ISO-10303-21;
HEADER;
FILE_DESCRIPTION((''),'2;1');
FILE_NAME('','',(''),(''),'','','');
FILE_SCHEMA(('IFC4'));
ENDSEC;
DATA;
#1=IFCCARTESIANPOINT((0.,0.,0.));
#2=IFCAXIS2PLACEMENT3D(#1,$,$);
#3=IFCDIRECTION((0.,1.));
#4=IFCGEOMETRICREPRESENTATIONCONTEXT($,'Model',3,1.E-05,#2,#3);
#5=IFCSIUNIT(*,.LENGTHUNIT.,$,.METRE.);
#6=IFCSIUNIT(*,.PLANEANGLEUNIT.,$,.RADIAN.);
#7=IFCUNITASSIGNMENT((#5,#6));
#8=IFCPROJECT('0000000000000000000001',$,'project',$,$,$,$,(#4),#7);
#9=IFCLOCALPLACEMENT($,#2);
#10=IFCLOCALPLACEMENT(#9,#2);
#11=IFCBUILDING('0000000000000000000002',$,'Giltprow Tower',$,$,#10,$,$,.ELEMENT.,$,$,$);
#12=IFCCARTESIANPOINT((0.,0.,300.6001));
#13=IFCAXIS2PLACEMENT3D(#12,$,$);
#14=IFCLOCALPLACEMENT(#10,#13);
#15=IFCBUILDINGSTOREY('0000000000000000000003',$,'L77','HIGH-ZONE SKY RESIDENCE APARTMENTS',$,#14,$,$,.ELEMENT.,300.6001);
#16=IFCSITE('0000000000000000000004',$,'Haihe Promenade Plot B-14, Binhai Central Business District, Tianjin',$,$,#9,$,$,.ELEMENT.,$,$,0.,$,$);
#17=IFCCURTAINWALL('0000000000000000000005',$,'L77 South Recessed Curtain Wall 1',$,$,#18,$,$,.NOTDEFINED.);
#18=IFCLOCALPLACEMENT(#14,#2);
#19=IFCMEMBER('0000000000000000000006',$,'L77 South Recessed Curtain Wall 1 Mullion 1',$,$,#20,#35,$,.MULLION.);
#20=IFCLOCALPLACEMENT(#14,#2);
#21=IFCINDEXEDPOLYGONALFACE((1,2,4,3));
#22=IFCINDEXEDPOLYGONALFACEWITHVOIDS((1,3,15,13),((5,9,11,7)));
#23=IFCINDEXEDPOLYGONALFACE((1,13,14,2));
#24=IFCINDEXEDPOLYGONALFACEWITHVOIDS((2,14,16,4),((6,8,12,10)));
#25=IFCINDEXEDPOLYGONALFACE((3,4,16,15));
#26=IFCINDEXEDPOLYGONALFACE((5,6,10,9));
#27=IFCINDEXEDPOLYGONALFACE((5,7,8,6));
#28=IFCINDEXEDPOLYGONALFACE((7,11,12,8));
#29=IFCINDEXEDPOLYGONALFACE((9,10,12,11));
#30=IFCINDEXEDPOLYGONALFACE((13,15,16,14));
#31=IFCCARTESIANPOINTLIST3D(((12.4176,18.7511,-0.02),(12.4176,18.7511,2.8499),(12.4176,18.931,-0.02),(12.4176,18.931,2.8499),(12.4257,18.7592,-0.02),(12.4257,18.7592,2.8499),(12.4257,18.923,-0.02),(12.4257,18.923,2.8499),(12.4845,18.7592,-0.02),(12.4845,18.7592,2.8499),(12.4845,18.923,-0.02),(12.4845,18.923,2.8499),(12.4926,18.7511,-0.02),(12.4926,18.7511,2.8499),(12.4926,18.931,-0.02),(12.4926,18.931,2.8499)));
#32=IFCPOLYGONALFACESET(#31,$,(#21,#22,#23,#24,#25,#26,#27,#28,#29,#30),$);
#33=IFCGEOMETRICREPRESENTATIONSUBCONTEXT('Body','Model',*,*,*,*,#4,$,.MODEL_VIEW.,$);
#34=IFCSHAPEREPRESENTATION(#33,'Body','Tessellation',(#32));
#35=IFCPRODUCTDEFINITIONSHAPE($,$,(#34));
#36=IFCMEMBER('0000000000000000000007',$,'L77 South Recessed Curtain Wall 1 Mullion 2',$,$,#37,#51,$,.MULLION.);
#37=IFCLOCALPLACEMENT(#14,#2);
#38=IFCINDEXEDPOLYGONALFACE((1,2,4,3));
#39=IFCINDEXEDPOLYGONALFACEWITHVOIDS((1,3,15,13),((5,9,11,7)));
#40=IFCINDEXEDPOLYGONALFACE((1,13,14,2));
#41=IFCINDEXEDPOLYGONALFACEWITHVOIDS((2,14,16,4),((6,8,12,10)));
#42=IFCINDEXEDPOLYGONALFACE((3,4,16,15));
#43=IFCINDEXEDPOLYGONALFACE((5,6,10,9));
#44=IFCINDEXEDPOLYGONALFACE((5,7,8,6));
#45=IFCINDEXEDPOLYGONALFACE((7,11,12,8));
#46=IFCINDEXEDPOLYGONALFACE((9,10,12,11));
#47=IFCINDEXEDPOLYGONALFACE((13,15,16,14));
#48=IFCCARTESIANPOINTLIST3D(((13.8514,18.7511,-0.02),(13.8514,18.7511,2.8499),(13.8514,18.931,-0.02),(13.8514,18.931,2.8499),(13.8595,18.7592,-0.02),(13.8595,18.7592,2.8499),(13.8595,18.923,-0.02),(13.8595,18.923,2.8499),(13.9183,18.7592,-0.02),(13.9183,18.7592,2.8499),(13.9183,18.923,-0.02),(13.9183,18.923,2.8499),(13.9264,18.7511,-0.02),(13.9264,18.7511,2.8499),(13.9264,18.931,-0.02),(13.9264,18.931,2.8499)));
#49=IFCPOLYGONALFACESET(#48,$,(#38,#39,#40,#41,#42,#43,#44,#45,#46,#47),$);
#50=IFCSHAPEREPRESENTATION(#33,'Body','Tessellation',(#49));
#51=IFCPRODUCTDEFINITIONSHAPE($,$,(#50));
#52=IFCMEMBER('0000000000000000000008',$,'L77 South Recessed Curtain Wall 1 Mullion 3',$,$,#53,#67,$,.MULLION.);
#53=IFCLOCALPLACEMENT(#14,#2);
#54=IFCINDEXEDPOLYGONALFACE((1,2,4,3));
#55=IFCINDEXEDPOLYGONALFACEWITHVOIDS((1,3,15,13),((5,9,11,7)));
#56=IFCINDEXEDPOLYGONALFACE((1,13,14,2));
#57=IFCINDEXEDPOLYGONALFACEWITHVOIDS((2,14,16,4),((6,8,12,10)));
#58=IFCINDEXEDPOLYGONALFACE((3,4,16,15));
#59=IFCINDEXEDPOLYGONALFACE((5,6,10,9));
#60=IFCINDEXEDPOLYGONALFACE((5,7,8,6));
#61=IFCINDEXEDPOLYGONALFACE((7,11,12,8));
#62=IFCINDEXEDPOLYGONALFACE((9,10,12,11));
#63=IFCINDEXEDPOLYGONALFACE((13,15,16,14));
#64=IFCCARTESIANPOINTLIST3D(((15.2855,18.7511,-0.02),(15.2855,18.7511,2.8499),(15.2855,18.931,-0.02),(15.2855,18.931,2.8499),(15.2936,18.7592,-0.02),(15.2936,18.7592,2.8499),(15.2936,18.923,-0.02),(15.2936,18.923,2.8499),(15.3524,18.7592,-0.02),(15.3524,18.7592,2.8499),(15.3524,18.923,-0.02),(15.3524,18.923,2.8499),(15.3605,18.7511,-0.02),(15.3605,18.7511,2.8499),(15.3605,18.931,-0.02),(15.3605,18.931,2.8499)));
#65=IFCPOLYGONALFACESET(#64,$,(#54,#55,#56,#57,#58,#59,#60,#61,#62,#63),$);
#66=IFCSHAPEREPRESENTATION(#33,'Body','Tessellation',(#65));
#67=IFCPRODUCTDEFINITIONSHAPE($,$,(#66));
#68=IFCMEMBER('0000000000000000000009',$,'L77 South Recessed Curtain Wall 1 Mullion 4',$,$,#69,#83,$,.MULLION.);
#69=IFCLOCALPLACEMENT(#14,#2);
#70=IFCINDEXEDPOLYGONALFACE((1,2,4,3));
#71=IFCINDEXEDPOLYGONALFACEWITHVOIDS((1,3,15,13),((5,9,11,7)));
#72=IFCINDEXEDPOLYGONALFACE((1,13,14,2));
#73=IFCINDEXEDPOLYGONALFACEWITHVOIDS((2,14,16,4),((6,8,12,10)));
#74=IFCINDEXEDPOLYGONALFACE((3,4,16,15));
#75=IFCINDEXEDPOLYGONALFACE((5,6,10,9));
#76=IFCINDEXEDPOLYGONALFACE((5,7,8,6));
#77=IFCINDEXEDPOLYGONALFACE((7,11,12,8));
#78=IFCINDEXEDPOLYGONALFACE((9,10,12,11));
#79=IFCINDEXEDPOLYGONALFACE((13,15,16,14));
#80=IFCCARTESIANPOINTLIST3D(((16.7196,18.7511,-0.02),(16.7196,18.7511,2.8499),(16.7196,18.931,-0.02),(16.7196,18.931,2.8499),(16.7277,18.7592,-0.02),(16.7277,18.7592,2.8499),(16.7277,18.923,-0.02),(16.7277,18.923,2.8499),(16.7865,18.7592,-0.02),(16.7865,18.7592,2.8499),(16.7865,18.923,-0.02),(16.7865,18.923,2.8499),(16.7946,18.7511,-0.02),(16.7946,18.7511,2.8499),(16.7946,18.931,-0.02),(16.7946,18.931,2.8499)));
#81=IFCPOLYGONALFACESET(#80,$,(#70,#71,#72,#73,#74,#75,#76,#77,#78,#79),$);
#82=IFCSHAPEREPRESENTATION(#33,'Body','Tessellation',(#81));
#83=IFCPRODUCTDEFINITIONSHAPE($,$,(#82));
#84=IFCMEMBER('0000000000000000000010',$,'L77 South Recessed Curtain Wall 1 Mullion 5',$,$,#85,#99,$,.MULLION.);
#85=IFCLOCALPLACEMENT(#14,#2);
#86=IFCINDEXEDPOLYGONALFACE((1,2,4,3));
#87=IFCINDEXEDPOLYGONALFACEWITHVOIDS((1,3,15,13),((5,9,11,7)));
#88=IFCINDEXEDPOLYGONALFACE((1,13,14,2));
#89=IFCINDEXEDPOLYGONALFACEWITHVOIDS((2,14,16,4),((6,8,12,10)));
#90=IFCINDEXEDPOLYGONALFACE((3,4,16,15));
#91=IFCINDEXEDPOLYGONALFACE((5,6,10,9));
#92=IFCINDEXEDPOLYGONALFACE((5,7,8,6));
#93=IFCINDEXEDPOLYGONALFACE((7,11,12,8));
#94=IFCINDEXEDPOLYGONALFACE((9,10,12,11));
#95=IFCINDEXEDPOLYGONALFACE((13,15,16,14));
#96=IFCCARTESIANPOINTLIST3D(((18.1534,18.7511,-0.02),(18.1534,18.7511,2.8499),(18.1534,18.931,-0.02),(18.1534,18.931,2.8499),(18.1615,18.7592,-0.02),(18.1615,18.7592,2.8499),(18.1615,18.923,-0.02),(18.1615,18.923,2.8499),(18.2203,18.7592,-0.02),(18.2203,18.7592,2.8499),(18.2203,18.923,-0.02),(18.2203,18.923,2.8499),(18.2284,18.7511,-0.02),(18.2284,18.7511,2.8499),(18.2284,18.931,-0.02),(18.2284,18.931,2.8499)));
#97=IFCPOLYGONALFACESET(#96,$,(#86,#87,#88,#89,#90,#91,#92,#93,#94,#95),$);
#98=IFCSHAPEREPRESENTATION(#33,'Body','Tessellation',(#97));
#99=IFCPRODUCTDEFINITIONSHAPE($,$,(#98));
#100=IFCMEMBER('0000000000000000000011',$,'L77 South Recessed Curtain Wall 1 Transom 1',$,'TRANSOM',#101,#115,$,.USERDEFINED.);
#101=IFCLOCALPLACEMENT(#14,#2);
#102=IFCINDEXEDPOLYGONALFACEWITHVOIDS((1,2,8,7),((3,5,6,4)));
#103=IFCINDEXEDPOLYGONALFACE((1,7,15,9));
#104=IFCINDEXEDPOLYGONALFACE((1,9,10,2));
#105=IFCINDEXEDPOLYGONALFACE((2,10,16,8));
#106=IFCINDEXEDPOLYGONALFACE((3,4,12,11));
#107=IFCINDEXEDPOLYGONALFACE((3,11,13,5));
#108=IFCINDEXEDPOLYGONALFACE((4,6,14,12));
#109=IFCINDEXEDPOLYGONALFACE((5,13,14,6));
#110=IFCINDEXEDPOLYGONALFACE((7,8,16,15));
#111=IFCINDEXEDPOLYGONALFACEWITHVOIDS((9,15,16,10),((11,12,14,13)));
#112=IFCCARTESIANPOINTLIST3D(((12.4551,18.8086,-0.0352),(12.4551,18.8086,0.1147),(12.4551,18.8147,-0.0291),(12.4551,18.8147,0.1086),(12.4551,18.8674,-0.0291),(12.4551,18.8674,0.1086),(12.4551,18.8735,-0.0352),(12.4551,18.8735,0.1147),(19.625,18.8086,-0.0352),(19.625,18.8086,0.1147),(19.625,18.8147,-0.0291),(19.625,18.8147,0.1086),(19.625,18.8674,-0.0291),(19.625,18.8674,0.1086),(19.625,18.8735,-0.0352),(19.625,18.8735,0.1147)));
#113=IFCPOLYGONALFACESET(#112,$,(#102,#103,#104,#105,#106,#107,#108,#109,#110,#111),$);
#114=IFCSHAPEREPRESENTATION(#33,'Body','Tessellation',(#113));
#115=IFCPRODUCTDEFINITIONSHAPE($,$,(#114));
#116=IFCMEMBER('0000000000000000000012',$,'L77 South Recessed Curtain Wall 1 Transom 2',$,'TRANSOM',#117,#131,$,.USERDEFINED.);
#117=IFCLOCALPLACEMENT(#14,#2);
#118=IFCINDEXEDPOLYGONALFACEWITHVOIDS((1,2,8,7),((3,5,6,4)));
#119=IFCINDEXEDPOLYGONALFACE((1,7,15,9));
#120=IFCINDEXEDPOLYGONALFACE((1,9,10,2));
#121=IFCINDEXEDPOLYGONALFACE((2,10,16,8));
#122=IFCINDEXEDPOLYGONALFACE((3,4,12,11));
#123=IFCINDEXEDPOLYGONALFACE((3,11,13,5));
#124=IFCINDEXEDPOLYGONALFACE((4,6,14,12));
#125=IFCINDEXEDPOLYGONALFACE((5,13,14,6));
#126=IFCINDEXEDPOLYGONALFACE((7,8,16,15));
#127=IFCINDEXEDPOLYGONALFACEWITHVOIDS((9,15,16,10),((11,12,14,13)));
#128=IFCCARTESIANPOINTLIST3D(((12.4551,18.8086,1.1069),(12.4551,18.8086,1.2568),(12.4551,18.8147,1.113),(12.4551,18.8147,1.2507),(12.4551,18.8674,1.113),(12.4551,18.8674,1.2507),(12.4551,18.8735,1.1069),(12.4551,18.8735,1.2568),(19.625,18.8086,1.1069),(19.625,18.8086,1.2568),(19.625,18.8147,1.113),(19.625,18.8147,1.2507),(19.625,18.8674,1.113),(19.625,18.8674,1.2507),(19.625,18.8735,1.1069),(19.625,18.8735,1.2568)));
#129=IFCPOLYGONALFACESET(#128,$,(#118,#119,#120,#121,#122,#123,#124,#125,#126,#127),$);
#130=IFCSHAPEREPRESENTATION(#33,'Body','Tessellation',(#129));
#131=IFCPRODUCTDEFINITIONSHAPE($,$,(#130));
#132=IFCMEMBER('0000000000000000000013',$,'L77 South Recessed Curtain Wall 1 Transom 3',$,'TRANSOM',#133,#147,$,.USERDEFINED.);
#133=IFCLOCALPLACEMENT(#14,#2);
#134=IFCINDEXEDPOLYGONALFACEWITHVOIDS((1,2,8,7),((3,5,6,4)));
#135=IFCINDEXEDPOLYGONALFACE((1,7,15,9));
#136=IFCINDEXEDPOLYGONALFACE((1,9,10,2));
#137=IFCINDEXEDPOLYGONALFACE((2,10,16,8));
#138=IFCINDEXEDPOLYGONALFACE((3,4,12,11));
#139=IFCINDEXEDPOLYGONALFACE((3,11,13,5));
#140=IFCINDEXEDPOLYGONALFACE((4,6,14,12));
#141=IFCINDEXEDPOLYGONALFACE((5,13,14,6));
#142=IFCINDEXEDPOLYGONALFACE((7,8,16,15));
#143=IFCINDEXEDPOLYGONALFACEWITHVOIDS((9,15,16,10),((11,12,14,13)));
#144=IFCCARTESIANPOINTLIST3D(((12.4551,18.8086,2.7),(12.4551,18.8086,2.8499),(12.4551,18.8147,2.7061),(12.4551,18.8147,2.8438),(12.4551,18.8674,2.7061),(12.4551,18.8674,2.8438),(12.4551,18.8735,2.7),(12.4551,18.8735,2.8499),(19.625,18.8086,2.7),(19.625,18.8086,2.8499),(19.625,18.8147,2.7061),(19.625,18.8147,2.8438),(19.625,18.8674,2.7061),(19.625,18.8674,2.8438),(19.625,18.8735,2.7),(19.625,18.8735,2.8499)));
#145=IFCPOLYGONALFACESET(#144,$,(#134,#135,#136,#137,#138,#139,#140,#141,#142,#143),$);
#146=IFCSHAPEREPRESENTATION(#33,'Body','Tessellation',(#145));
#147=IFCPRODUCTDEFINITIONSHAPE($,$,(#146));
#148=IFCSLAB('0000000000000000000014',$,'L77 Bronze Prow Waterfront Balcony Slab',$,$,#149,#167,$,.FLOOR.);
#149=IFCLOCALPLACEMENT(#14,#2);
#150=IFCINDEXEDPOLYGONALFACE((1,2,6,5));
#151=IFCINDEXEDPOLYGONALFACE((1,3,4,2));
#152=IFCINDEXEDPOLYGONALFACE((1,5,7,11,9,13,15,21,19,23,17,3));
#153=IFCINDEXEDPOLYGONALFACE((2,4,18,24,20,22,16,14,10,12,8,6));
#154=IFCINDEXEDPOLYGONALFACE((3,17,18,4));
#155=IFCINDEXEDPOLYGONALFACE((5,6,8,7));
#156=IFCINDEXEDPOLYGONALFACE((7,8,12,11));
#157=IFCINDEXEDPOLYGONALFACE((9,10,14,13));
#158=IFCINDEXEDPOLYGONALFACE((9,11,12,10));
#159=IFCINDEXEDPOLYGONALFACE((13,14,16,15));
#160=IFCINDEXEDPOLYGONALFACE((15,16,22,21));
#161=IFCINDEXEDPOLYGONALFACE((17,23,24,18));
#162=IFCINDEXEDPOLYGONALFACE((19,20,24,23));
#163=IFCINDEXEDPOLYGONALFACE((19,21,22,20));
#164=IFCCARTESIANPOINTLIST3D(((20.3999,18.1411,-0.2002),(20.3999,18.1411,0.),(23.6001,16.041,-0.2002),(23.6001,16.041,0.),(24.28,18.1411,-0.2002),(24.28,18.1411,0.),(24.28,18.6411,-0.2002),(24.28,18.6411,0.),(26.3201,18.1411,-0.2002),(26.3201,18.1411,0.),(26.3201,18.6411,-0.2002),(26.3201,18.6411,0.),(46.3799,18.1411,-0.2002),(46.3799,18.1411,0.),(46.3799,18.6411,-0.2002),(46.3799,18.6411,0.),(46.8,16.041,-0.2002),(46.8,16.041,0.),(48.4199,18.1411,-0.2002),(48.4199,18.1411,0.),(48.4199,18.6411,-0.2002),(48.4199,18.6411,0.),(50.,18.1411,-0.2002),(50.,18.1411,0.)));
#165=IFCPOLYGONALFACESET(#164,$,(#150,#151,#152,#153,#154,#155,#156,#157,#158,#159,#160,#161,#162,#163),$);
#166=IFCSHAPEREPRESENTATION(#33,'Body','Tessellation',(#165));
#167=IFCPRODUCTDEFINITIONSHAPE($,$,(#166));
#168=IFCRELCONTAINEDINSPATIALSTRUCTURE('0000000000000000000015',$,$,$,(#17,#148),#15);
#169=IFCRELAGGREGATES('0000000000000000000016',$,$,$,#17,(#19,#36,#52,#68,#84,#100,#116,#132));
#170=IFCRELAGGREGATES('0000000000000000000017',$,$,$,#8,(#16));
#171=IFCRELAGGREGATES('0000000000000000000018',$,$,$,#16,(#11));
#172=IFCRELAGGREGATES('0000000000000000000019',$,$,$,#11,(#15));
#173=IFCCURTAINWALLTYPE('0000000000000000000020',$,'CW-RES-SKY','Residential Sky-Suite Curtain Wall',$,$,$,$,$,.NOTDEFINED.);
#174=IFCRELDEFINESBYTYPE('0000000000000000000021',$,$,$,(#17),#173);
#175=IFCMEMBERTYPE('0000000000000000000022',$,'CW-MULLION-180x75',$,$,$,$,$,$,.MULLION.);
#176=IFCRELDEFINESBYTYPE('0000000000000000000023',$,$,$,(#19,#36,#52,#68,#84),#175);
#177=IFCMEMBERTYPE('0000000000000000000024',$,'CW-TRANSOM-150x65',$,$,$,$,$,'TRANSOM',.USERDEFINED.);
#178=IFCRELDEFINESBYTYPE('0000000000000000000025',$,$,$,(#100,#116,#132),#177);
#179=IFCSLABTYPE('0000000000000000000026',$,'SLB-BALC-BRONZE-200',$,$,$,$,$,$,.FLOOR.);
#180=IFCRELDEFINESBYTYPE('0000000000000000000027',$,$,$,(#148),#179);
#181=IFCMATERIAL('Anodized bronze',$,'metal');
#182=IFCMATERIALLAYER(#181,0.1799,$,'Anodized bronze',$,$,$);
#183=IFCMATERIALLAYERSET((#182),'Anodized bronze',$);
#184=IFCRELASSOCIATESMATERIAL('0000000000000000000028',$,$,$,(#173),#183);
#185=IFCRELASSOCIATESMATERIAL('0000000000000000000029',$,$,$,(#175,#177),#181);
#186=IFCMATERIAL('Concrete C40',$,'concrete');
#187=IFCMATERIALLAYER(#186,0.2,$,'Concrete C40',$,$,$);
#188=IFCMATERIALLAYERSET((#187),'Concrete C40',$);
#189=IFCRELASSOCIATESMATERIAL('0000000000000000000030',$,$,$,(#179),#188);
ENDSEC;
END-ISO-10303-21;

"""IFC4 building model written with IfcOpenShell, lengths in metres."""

from ifc_helpers import new_model, si_unit, direction, frame, origin, origin_2d, place, context, subcontext, project, spatial, polyline, hollow_rectangle, outline, extrude, source, transform, mapped, material, layer, layer_set, material_profile, profile_set, type_object, element, aggregate, save


model = new_model("IFC4")

# Units and contexts
model_context = context("Model", 3, precision=1e-05, world=origin(), true_north=direction((0.0, 1.0)))
body_context = subcontext(model_context, "Body", "Model", "MODEL_VIEW")
ifc_project = project(units=[si_unit("LENGTHUNIT", "METRE"), si_unit("PLANEANGLEUNIT", "RADIAN")], contexts=[model_context])

# Site, building, storey
site_placement = place(None, origin())
site = spatial("IfcSite", under=ifc_project, at=site_placement, Name="Haihe Promenade Plot B-14, Binhai Central Business District, Tianjin", CompositionType="ELEMENT", RefElevation=0.0)
building_placement = place(site_placement, origin())
building = spatial("IfcBuilding", under=site, at=building_placement, Name="Giltprow Tower", CompositionType="ELEMENT")
storey_placement = place(building_placement, frame((0.0, 0.0, 300.6001)))
storey = spatial("IfcBuildingStorey", under=building, at=storey_placement, Name="L77", Description="HIGH-ZONE SKY RESIDENCE APARTMENTS", CompositionType="ELEMENT", Elevation=300.6001)

# Curtain wall, members
ifc_material_1 = material(Name="Anodized bronze", Category="metal")
ifc_layer_1 = layer(ifc_material_1, 0.1799, Name="Anodized bronze")
ifc_layer_set_1 = layer_set([ifc_layer_1], Name="Anodized bronze")
curtain_wall_type = type_object("IfcCurtainWallType", Name="CW-RES-SKY", Description="Residential Sky-Suite Curtain Wall", PredefinedType="NOTDEFINED", material=ifc_layer_set_1)
curtain_wall_placement = place(storey_placement, origin())
curtain_wall = element("IfcCurtainWall", 1, at=curtain_wall_placement, inside=storey, type_object=curtain_wall_type, Name="L77 South Recessed Curtain Wall 1", PredefinedType="NOTDEFINED")
ifc_material_profile_1 = material_profile(ifc_material_1, hollow_rectangle(XDim=0.075, YDim=0.1799, WallThickness=0.0081, at=origin_2d()), Name="RHS 180x75x8")
ifc_profile_set_1 = profile_set([ifc_material_profile_1], Name="Anodized bronze")
member_type_1 = type_object("IfcMemberType", Name="CW-MULLION-180x75", PredefinedType="MULLION", material=ifc_profile_set_1)
shared_shape_1 = source(origin(), body_context, "Body", "SweptSolid", [
    extrude(hollow_rectangle(XDim=0.075, YDim=0.1799, WallThickness=0.0081, at=origin_2d()), origin(), (0.0, 0.0, 1.0), 2.8699),
])
member_1_placement = place(storey_placement, frame((12.4551, 18.8411, -0.02), z_axis=(0.0, 0.0, 1.0), x_axis=(1.0, 0.0, 0.0)))
member_1 = element("IfcMember", 2, at=member_1_placement, type_object=member_type_1, Name="L77 South Recessed Curtain Wall 1 Mullion 1", PredefinedType="MULLION", context=body_context, shape_type="MappedRepresentation", body=[
    mapped(shared_shape_1, transform((0.0, 0.0, 0.0), x_axis=(1.0, 0.0, 0.0), y_axis=(0.0, 1.0, 0.0), z_axis=(0.0, 0.0, 1.0), scale=1.0)),
])
member_2_placement = place(storey_placement, frame((13.8889, 18.8411, -0.02), z_axis=(0.0, 0.0, 1.0), x_axis=(1.0, 0.0, 0.0)))
member_2 = element("IfcMember", 3, at=member_2_placement, type_object=member_type_1, Name="L77 South Recessed Curtain Wall 1 Mullion 2", PredefinedType="MULLION", context=body_context, shape_type="MappedRepresentation", body=[
    mapped(shared_shape_1, transform((0.0, 0.0, 0.0), x_axis=(1.0, 0.0, 0.0), y_axis=(0.0, 1.0, 0.0), z_axis=(0.0, 0.0, 1.0), scale=1.0)),
])
member_3_placement = place(storey_placement, frame((15.323, 18.8411, -0.02), z_axis=(0.0, 0.0, 1.0), x_axis=(1.0, 0.0, 0.0)))
member_3 = element("IfcMember", 4, at=member_3_placement, type_object=member_type_1, Name="L77 South Recessed Curtain Wall 1 Mullion 3", PredefinedType="MULLION", context=body_context, shape_type="MappedRepresentation", body=[
    mapped(shared_shape_1, transform((0.0, 0.0, 0.0), x_axis=(1.0, 0.0, 0.0), y_axis=(0.0, 1.0, 0.0), z_axis=(0.0, 0.0, 1.0), scale=1.0)),
])
member_4_placement = place(storey_placement, frame((16.7571, 18.8411, -0.02), z_axis=(0.0, 0.0, 1.0), x_axis=(1.0, 0.0, 0.0)))
member_4 = element("IfcMember", 5, at=member_4_placement, type_object=member_type_1, Name="L77 South Recessed Curtain Wall 1 Mullion 4", PredefinedType="MULLION", context=body_context, shape_type="MappedRepresentation", body=[
    mapped(shared_shape_1, transform((0.0, 0.0, 0.0), x_axis=(1.0, 0.0, 0.0), y_axis=(0.0, 1.0, 0.0), z_axis=(0.0, 0.0, 1.0), scale=1.0)),
])
member_5_placement = place(storey_placement, frame((18.1909, 18.8411, -0.02), z_axis=(0.0, 0.0, 1.0), x_axis=(1.0, 0.0, 0.0)))
member_5 = element("IfcMember", 6, at=member_5_placement, type_object=member_type_1, Name="L77 South Recessed Curtain Wall 1 Mullion 5", PredefinedType="MULLION", context=body_context, shape_type="MappedRepresentation", body=[
    mapped(shared_shape_1, transform((0.0, 0.0, 0.0), x_axis=(1.0, 0.0, 0.0), y_axis=(0.0, 1.0, 0.0), z_axis=(0.0, 0.0, 1.0), scale=1.0)),
])
ifc_material_profile_2 = material_profile(ifc_material_1, hollow_rectangle(XDim=0.0649, YDim=0.1499, WallThickness=0.0061, at=origin_2d()), Name="RHS 150x65x6")
ifc_profile_set_2 = profile_set([ifc_material_profile_2], Name="Anodized bronze")
member_type_2 = type_object("IfcMemberType", Name="CW-TRANSOM-150x65", ElementType="TRANSOM", PredefinedType="USERDEFINED", material=ifc_profile_set_2)
shared_shape_2 = source(origin(), body_context, "Body", "SweptSolid", [
    extrude(hollow_rectangle(XDim=0.0649, YDim=0.1499, WallThickness=0.0061, at=origin_2d()), origin(), (0.0, 0.0, 1.0), 7.1699),
])
member_6_placement = place(storey_placement, frame((12.4551, 18.8411, 0.0398), z_axis=(1.0, 0.0, 0.0), x_axis=(0.0, 1.0, 0.0)))
member_6 = element("IfcMember", 7, at=member_6_placement, type_object=member_type_2, Name="L77 South Recessed Curtain Wall 1 Transom 1", ObjectType="TRANSOM", PredefinedType="USERDEFINED", context=body_context, shape_type="MappedRepresentation", body=[
    mapped(shared_shape_2, transform((0.0, 0.0, 0.0), x_axis=(1.0, 0.0, 0.0), y_axis=(0.0, 1.0, 0.0), z_axis=(0.0, 0.0, 1.0), scale=1.0)),
])
member_7_placement = place(storey_placement, frame((12.4551, 18.8411, 1.1819), z_axis=(1.0, 0.0, 0.0), x_axis=(0.0, 1.0, 0.0)))
member_7 = element("IfcMember", 8, at=member_7_placement, type_object=member_type_2, Name="L77 South Recessed Curtain Wall 1 Transom 2", ObjectType="TRANSOM", PredefinedType="USERDEFINED", context=body_context, shape_type="MappedRepresentation", body=[
    mapped(shared_shape_2, transform((0.0, 0.0, 0.0), x_axis=(1.0, 0.0, 0.0), y_axis=(0.0, 1.0, 0.0), z_axis=(0.0, 0.0, 1.0), scale=1.0)),
])
member_8_placement = place(storey_placement, frame((12.4551, 18.8411, 2.7749), z_axis=(1.0, 0.0, 0.0), x_axis=(0.0, 1.0, 0.0)))
member_8 = element("IfcMember", 9, at=member_8_placement, type_object=member_type_2, Name="L77 South Recessed Curtain Wall 1 Transom 3", ObjectType="TRANSOM", PredefinedType="USERDEFINED", context=body_context, shape_type="MappedRepresentation", body=[
    mapped(shared_shape_2, transform((0.0, 0.0, 0.0), x_axis=(1.0, 0.0, 0.0), y_axis=(0.0, 1.0, 0.0), z_axis=(0.0, 0.0, 1.0), scale=1.0)),
])

# Slab
ifc_material_2 = material(Name="Concrete C40", Category="concrete")
ifc_layer_2 = layer(ifc_material_2, 0.2, Name="Concrete C40")
ifc_layer_set_2 = layer_set([ifc_layer_2], Name="Concrete C40")
slab_type_1 = type_object("IfcSlabType", Name="SLB-BALC-BRONZE-200", PredefinedType="FLOOR", material=ifc_layer_set_2)
slab_1_placement = place(storey_placement, frame((0.0, 0.0, -0.2002)))
element("IfcSlab", 10, at=slab_1_placement, inside=storey, type_object=slab_type_1, Name="L77 Bronze Prow Waterfront Balcony Slab", PredefinedType="FLOOR", context=body_context, shape_type="SweptSolid", body=[
    extrude(outline(polyline([(50.0, 18.1411), (46.8, 16.041), (23.6001, 16.041), (20.3999, 18.1411), (24.28, 18.1411), (24.28, 18.6411), (26.3201, 18.6411), (26.3201, 18.1411), (46.3799, 18.1411), (46.3799, 18.6411), (48.4199, 18.6411), (48.4199, 18.1411), (50.0, 18.1411)])), origin(), (0.0, 0.0, 1.0), 0.2002),
])

aggregate(curtain_wall, [member_1, member_2, member_3, member_4, member_5, member_6, member_7, member_8])

save(model, "model.ifc")
